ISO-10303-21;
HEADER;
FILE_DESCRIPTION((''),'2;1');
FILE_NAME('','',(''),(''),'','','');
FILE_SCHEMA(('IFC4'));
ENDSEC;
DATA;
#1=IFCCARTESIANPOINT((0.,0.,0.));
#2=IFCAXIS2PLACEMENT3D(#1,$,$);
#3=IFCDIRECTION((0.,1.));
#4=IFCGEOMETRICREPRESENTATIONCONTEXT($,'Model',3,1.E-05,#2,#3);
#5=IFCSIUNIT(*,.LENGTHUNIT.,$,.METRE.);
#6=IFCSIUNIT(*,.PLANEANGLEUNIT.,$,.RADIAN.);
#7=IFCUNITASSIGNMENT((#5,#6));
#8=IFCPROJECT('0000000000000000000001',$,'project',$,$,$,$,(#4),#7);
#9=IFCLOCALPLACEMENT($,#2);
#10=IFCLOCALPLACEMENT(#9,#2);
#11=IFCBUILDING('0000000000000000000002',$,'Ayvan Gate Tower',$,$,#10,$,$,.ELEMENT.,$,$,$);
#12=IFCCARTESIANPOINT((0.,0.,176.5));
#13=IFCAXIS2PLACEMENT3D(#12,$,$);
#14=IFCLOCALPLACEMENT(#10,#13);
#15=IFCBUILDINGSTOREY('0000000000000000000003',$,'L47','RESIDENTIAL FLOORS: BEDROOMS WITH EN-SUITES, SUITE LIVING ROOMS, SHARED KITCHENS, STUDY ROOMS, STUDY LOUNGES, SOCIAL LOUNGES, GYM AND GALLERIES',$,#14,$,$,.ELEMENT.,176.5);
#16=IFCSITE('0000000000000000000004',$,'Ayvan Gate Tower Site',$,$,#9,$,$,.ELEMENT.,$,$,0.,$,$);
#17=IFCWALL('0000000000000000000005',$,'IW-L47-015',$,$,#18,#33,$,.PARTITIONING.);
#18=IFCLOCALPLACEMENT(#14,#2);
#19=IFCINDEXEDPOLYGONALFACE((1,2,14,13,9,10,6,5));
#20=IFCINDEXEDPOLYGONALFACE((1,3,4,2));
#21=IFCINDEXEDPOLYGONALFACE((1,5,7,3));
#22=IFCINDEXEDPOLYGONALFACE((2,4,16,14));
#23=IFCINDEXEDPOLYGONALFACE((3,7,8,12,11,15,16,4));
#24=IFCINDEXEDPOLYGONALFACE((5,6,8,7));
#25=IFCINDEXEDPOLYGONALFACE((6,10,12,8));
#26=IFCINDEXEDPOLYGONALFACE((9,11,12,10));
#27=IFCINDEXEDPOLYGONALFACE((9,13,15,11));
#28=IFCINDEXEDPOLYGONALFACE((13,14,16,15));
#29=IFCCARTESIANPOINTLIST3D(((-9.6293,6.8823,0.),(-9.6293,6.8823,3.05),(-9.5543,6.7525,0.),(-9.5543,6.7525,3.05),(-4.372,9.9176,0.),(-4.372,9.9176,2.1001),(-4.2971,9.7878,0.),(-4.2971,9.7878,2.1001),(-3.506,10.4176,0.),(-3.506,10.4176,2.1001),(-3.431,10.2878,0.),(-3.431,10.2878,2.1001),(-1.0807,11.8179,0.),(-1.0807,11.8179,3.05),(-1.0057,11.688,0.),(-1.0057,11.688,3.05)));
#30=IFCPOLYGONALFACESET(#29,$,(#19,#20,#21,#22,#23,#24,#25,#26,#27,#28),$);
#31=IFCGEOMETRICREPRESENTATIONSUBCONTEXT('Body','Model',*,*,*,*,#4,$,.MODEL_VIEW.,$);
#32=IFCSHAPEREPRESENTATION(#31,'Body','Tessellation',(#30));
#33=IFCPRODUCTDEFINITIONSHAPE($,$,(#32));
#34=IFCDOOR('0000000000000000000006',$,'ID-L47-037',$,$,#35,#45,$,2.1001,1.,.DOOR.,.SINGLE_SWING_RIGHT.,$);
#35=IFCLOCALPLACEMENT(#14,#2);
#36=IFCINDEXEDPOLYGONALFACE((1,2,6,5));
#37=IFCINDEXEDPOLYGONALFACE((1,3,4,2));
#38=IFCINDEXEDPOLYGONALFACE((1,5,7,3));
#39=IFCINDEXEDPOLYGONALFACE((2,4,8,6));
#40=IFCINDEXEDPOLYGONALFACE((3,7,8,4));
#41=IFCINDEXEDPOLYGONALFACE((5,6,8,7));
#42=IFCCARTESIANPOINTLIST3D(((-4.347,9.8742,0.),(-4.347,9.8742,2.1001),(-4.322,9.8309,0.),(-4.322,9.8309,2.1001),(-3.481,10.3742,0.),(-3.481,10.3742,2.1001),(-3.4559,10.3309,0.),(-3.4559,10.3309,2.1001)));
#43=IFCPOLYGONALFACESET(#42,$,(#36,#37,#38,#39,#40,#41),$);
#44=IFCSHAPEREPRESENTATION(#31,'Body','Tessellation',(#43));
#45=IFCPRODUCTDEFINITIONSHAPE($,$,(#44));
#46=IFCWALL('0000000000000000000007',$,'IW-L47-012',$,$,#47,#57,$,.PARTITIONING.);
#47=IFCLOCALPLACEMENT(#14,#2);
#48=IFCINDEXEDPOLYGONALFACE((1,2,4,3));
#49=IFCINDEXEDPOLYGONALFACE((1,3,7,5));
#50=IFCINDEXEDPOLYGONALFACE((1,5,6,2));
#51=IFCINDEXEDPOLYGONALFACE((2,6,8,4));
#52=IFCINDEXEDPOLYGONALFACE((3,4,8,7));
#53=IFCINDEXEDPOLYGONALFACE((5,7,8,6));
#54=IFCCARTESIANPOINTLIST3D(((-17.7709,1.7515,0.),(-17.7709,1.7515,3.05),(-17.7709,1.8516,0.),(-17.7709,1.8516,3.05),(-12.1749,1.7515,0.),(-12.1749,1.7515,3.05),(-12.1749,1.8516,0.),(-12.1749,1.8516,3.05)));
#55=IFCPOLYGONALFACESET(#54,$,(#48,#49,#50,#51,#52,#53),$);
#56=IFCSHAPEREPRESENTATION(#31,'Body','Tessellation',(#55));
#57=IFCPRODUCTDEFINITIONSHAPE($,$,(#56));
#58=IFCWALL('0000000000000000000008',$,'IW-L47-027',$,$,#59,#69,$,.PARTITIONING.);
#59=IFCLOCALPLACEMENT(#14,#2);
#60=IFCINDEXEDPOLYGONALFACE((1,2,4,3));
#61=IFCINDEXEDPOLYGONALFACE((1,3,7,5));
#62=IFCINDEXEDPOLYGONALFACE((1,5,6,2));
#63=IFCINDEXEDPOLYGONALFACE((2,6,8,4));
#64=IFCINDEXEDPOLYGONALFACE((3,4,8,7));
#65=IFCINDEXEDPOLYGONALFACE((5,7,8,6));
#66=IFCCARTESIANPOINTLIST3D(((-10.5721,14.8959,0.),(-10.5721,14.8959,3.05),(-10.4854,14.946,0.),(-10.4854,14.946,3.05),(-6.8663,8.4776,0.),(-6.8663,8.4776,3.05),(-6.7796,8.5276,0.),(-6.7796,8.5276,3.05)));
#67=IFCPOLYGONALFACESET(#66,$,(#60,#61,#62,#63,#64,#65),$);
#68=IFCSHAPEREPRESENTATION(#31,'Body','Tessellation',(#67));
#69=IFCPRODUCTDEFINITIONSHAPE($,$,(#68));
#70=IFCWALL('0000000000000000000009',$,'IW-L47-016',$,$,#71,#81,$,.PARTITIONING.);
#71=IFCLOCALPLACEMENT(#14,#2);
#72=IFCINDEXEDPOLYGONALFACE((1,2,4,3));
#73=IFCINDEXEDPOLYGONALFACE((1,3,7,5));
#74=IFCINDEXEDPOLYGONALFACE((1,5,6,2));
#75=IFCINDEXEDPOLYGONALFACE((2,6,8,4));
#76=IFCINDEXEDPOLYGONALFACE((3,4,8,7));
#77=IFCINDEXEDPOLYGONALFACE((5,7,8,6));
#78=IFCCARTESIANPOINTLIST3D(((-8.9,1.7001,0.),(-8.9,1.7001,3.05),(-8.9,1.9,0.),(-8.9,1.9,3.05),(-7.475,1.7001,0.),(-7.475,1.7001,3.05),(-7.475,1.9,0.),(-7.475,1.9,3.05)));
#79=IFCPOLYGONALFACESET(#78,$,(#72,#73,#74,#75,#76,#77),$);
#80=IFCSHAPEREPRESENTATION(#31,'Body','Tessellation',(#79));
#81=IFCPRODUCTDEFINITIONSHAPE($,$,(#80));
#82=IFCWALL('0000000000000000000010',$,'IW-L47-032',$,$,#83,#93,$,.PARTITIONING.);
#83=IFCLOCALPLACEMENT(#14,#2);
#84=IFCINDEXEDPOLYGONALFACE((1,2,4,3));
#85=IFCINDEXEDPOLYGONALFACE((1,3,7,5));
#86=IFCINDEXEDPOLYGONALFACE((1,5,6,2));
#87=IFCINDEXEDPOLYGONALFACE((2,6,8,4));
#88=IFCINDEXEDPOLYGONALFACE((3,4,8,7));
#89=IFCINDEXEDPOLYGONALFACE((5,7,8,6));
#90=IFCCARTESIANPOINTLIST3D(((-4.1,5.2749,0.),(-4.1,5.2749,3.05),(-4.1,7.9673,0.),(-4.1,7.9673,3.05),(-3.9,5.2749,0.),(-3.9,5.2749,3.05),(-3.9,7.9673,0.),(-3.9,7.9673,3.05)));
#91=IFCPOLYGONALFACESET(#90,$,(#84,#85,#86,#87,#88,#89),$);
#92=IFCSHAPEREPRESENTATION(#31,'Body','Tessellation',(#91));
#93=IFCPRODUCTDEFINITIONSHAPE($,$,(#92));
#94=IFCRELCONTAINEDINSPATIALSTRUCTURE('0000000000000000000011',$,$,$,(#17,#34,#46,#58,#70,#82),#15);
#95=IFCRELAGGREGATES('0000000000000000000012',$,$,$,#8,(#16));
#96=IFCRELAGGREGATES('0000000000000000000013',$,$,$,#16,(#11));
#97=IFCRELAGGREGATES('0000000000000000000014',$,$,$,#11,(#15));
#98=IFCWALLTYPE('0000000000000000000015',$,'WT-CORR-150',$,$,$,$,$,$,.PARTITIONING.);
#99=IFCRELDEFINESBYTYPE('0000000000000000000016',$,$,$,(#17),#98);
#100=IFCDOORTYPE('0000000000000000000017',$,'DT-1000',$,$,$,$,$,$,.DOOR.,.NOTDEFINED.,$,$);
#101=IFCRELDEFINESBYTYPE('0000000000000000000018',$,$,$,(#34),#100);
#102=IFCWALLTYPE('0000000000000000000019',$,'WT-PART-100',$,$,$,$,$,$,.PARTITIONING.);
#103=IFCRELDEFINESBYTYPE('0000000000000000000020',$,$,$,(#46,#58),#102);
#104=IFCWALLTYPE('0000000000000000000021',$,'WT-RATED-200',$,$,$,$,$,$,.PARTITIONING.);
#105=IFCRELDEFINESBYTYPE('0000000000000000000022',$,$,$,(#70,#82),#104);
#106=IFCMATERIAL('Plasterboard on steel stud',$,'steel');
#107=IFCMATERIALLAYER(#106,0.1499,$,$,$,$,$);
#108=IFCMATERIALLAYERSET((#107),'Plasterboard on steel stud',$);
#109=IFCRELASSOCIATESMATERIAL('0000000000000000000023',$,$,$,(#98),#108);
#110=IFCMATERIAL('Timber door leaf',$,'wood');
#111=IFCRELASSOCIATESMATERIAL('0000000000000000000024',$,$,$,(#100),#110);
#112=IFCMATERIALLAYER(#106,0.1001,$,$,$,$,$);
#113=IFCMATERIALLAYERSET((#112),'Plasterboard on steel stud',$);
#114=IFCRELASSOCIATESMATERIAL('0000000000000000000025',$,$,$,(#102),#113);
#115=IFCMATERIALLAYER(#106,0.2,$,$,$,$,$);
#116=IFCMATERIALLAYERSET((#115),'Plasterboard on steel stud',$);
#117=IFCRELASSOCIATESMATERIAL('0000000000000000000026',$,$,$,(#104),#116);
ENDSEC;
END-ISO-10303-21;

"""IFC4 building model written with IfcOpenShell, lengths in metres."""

from ifc_helpers import new_model, si_unit, direction, frame, frame_2d, origin, place, context, subcontext, project, spatial, rectangle, extrude, material, layer, layer_set, type_object, element, fill, save


model = new_model("IFC4")

# Units and contexts
model_context = context("Model", 3, precision=1e-05, world=origin(), true_north=direction((0.0, 1.0)))
body_context = subcontext(model_context, "Body", "Model", "MODEL_VIEW")
ifc_project = project(units=[si_unit("LENGTHUNIT", "METRE"), si_unit("PLANEANGLEUNIT", "RADIAN")], contexts=[model_context])

# Site, building, storey
site_placement = place(None, origin())
site = spatial("IfcSite", under=ifc_project, at=site_placement, Name="Ayvan Gate Tower Site", CompositionType="ELEMENT", RefElevation=0.0)
building_placement = place(site_placement, origin())
building = spatial("IfcBuilding", under=site, at=building_placement, Name="Ayvan Gate Tower", CompositionType="ELEMENT")
storey_placement = place(building_placement, frame((0.0, 0.0, 176.5)))
storey = spatial("IfcBuildingStorey", under=building, at=storey_placement, Name="L47", Description="RESIDENTIAL FLOORS: BEDROOMS WITH EN-SUITES, SUITE LIVING ROOMS, SHARED KITCHENS, STUDY ROOMS, STUDY LOUNGES, SOCIAL LOUNGES, GYM AND GALLERIES", CompositionType="ELEMENT", Elevation=176.5)

# Shared definitions
ifc_material_1 = material(Name="Timber door leaf", Category="wood")

# Shared definitions
ifc_material_2 = material(Name="Plasterboard on steel stud", Category="steel")
ifc_layer_1 = layer(ifc_material_2, 0.1499)
ifc_layer_set_1 = layer_set([ifc_layer_1], Name="Plasterboard on steel stud")
wall_type_1 = type_object("IfcWallType", Name="WT-CORR-150", PredefinedType="PARTITIONING", material=ifc_layer_set_1)

# Wall, opening, door
wall_1_placement = place(storey_placement, frame((-9.5918, 6.8174, 0.0), z_axis=(0.0, 0.0, 1.0), x_axis=(0.866025, 0.500001, 0.0)))
wall_1 = element("IfcWall", 1, at=wall_1_placement, inside=storey, type_object=wall_type_1, Name="IW-L47-015", PredefinedType="PARTITIONING", context=body_context, shape_type="SweptSolid", body=[
    extrude(rectangle(XDim=9.8711, YDim=0.1499, at=frame_2d((4.9355, 0.0))), origin(), (0.0, 0.0, 1.0), 3.05),
])
opening_1_placement = place(wall_1_placement, frame((6.0706, 0.0, 0.0)))
opening_1 = element("IfcOpeningElement", 2, at=opening_1_placement, cuts=wall_1, PredefinedType="OPENING", context=body_context, shape_type="SweptSolid", body=[
    extrude(rectangle(XDim=1.0, YDim=2.1001, at=frame_2d((0.5, 1.05))), frame((0.0, 0.085, 0.0), z_axis=(0.0, -1.0, 0.0), x_axis=(1.0, 0.0, 0.0)), (0.0, 0.0, 1.0), 0.1699),
])
door_type_1 = type_object("IfcDoorType", Name="DT-1000", OperationType="NOTDEFINED", PredefinedType="DOOR", material=ifc_material_1)
door_1_placement = place(opening_1_placement, origin())
door_1 = element("IfcDoor", 3, at=door_1_placement, inside=storey, type_object=door_type_1, Name="ID-L47-037", OperationType="SINGLE_SWING_RIGHT", OverallHeight=2.1001, OverallWidth=1.0, PredefinedType="DOOR", context=body_context, shape_type="SweptSolid", body=[
    extrude(rectangle(XDim=1.0, YDim=2.1001, at=frame_2d((0.5, 1.05))), frame((0.0, 0.0249, 0.0), z_axis=(0.0, -1.0, 0.0), x_axis=(1.0, 0.0, 0.0)), (0.0, 0.0, 1.0), 0.05),
])
fill(opening_1, door_1)

# Walls
ifc_layer_2 = layer(ifc_material_2, 0.1001)
ifc_layer_set_2 = layer_set([ifc_layer_2], Name="Plasterboard on steel stud")
wall_type_2 = type_object("IfcWallType", Name="WT-PART-100", PredefinedType="PARTITIONING", material=ifc_layer_set_2)
wall_2_placement = place(storey_placement, frame((-12.175, 1.8015, 0.0), z_axis=(0.0, 0.0, 1.0), x_axis=(-1.0, 0.0, 0.0)))
element("IfcWall", 4, at=wall_2_placement, inside=storey, type_object=wall_type_2, Name="IW-L47-012", PredefinedType="PARTITIONING", context=body_context, shape_type="SweptSolid", body=[
    extrude(rectangle(XDim=5.5959, YDim=0.1001, at=frame_2d((2.7979, 0.0))), origin(), (0.0, 0.0, 1.0), 3.05),
])
wall_3_placement = place(storey_placement, frame((-6.823, 8.5027, 0.0), z_axis=(0.0, 0.0, 1.0), x_axis=(-0.500011, 0.866019, 0.0)))
element("IfcWall", 5, at=wall_3_placement, inside=storey, type_object=wall_type_2, Name="IW-L47-027", PredefinedType="PARTITIONING", context=body_context, shape_type="SweptSolid", body=[
    extrude(rectangle(XDim=7.4114, YDim=0.1001, at=frame_2d((3.7056, 0.0))), origin(), (0.0, 0.0, 1.0), 3.05),
])
ifc_layer_3 = layer(ifc_material_2, 0.2)
ifc_layer_set_3 = layer_set([ifc_layer_3], Name="Plasterboard on steel stud")
wall_type_3 = type_object("IfcWallType", Name="WT-RATED-200", PredefinedType="PARTITIONING", material=ifc_layer_set_3)
wall_4_placement = place(storey_placement, frame((-8.8999, 1.8, 0.0), z_axis=(0.0, 0.0, 1.0), x_axis=(1.0, 0.0, 0.0)))
element("IfcWall", 6, at=wall_4_placement, inside=storey, type_object=wall_type_3, Name="IW-L47-016", PredefinedType="PARTITIONING", context=body_context, shape_type="SweptSolid", body=[
    extrude(rectangle(XDim=1.425, YDim=0.2, at=frame_2d((0.7124, 0.0))), origin(), (0.0, 0.0, 1.0), 3.05),
])
wall_5_placement = place(storey_placement, frame((-4.0, 7.9673, 0.0), z_axis=(0.0, 0.0, 1.0), x_axis=(0.0, -1.0, 0.0)))
element("IfcWall", 7, at=wall_5_placement, inside=storey, type_object=wall_type_3, Name="IW-L47-032", PredefinedType="PARTITIONING", context=body_context, shape_type="SweptSolid", body=[
    extrude(rectangle(XDim=2.6924, YDim=0.2, at=frame_2d((1.3462, 0.0))), origin(), (0.0, 0.0, 1.0), 3.05),
])

save(model, "model.ifc")
